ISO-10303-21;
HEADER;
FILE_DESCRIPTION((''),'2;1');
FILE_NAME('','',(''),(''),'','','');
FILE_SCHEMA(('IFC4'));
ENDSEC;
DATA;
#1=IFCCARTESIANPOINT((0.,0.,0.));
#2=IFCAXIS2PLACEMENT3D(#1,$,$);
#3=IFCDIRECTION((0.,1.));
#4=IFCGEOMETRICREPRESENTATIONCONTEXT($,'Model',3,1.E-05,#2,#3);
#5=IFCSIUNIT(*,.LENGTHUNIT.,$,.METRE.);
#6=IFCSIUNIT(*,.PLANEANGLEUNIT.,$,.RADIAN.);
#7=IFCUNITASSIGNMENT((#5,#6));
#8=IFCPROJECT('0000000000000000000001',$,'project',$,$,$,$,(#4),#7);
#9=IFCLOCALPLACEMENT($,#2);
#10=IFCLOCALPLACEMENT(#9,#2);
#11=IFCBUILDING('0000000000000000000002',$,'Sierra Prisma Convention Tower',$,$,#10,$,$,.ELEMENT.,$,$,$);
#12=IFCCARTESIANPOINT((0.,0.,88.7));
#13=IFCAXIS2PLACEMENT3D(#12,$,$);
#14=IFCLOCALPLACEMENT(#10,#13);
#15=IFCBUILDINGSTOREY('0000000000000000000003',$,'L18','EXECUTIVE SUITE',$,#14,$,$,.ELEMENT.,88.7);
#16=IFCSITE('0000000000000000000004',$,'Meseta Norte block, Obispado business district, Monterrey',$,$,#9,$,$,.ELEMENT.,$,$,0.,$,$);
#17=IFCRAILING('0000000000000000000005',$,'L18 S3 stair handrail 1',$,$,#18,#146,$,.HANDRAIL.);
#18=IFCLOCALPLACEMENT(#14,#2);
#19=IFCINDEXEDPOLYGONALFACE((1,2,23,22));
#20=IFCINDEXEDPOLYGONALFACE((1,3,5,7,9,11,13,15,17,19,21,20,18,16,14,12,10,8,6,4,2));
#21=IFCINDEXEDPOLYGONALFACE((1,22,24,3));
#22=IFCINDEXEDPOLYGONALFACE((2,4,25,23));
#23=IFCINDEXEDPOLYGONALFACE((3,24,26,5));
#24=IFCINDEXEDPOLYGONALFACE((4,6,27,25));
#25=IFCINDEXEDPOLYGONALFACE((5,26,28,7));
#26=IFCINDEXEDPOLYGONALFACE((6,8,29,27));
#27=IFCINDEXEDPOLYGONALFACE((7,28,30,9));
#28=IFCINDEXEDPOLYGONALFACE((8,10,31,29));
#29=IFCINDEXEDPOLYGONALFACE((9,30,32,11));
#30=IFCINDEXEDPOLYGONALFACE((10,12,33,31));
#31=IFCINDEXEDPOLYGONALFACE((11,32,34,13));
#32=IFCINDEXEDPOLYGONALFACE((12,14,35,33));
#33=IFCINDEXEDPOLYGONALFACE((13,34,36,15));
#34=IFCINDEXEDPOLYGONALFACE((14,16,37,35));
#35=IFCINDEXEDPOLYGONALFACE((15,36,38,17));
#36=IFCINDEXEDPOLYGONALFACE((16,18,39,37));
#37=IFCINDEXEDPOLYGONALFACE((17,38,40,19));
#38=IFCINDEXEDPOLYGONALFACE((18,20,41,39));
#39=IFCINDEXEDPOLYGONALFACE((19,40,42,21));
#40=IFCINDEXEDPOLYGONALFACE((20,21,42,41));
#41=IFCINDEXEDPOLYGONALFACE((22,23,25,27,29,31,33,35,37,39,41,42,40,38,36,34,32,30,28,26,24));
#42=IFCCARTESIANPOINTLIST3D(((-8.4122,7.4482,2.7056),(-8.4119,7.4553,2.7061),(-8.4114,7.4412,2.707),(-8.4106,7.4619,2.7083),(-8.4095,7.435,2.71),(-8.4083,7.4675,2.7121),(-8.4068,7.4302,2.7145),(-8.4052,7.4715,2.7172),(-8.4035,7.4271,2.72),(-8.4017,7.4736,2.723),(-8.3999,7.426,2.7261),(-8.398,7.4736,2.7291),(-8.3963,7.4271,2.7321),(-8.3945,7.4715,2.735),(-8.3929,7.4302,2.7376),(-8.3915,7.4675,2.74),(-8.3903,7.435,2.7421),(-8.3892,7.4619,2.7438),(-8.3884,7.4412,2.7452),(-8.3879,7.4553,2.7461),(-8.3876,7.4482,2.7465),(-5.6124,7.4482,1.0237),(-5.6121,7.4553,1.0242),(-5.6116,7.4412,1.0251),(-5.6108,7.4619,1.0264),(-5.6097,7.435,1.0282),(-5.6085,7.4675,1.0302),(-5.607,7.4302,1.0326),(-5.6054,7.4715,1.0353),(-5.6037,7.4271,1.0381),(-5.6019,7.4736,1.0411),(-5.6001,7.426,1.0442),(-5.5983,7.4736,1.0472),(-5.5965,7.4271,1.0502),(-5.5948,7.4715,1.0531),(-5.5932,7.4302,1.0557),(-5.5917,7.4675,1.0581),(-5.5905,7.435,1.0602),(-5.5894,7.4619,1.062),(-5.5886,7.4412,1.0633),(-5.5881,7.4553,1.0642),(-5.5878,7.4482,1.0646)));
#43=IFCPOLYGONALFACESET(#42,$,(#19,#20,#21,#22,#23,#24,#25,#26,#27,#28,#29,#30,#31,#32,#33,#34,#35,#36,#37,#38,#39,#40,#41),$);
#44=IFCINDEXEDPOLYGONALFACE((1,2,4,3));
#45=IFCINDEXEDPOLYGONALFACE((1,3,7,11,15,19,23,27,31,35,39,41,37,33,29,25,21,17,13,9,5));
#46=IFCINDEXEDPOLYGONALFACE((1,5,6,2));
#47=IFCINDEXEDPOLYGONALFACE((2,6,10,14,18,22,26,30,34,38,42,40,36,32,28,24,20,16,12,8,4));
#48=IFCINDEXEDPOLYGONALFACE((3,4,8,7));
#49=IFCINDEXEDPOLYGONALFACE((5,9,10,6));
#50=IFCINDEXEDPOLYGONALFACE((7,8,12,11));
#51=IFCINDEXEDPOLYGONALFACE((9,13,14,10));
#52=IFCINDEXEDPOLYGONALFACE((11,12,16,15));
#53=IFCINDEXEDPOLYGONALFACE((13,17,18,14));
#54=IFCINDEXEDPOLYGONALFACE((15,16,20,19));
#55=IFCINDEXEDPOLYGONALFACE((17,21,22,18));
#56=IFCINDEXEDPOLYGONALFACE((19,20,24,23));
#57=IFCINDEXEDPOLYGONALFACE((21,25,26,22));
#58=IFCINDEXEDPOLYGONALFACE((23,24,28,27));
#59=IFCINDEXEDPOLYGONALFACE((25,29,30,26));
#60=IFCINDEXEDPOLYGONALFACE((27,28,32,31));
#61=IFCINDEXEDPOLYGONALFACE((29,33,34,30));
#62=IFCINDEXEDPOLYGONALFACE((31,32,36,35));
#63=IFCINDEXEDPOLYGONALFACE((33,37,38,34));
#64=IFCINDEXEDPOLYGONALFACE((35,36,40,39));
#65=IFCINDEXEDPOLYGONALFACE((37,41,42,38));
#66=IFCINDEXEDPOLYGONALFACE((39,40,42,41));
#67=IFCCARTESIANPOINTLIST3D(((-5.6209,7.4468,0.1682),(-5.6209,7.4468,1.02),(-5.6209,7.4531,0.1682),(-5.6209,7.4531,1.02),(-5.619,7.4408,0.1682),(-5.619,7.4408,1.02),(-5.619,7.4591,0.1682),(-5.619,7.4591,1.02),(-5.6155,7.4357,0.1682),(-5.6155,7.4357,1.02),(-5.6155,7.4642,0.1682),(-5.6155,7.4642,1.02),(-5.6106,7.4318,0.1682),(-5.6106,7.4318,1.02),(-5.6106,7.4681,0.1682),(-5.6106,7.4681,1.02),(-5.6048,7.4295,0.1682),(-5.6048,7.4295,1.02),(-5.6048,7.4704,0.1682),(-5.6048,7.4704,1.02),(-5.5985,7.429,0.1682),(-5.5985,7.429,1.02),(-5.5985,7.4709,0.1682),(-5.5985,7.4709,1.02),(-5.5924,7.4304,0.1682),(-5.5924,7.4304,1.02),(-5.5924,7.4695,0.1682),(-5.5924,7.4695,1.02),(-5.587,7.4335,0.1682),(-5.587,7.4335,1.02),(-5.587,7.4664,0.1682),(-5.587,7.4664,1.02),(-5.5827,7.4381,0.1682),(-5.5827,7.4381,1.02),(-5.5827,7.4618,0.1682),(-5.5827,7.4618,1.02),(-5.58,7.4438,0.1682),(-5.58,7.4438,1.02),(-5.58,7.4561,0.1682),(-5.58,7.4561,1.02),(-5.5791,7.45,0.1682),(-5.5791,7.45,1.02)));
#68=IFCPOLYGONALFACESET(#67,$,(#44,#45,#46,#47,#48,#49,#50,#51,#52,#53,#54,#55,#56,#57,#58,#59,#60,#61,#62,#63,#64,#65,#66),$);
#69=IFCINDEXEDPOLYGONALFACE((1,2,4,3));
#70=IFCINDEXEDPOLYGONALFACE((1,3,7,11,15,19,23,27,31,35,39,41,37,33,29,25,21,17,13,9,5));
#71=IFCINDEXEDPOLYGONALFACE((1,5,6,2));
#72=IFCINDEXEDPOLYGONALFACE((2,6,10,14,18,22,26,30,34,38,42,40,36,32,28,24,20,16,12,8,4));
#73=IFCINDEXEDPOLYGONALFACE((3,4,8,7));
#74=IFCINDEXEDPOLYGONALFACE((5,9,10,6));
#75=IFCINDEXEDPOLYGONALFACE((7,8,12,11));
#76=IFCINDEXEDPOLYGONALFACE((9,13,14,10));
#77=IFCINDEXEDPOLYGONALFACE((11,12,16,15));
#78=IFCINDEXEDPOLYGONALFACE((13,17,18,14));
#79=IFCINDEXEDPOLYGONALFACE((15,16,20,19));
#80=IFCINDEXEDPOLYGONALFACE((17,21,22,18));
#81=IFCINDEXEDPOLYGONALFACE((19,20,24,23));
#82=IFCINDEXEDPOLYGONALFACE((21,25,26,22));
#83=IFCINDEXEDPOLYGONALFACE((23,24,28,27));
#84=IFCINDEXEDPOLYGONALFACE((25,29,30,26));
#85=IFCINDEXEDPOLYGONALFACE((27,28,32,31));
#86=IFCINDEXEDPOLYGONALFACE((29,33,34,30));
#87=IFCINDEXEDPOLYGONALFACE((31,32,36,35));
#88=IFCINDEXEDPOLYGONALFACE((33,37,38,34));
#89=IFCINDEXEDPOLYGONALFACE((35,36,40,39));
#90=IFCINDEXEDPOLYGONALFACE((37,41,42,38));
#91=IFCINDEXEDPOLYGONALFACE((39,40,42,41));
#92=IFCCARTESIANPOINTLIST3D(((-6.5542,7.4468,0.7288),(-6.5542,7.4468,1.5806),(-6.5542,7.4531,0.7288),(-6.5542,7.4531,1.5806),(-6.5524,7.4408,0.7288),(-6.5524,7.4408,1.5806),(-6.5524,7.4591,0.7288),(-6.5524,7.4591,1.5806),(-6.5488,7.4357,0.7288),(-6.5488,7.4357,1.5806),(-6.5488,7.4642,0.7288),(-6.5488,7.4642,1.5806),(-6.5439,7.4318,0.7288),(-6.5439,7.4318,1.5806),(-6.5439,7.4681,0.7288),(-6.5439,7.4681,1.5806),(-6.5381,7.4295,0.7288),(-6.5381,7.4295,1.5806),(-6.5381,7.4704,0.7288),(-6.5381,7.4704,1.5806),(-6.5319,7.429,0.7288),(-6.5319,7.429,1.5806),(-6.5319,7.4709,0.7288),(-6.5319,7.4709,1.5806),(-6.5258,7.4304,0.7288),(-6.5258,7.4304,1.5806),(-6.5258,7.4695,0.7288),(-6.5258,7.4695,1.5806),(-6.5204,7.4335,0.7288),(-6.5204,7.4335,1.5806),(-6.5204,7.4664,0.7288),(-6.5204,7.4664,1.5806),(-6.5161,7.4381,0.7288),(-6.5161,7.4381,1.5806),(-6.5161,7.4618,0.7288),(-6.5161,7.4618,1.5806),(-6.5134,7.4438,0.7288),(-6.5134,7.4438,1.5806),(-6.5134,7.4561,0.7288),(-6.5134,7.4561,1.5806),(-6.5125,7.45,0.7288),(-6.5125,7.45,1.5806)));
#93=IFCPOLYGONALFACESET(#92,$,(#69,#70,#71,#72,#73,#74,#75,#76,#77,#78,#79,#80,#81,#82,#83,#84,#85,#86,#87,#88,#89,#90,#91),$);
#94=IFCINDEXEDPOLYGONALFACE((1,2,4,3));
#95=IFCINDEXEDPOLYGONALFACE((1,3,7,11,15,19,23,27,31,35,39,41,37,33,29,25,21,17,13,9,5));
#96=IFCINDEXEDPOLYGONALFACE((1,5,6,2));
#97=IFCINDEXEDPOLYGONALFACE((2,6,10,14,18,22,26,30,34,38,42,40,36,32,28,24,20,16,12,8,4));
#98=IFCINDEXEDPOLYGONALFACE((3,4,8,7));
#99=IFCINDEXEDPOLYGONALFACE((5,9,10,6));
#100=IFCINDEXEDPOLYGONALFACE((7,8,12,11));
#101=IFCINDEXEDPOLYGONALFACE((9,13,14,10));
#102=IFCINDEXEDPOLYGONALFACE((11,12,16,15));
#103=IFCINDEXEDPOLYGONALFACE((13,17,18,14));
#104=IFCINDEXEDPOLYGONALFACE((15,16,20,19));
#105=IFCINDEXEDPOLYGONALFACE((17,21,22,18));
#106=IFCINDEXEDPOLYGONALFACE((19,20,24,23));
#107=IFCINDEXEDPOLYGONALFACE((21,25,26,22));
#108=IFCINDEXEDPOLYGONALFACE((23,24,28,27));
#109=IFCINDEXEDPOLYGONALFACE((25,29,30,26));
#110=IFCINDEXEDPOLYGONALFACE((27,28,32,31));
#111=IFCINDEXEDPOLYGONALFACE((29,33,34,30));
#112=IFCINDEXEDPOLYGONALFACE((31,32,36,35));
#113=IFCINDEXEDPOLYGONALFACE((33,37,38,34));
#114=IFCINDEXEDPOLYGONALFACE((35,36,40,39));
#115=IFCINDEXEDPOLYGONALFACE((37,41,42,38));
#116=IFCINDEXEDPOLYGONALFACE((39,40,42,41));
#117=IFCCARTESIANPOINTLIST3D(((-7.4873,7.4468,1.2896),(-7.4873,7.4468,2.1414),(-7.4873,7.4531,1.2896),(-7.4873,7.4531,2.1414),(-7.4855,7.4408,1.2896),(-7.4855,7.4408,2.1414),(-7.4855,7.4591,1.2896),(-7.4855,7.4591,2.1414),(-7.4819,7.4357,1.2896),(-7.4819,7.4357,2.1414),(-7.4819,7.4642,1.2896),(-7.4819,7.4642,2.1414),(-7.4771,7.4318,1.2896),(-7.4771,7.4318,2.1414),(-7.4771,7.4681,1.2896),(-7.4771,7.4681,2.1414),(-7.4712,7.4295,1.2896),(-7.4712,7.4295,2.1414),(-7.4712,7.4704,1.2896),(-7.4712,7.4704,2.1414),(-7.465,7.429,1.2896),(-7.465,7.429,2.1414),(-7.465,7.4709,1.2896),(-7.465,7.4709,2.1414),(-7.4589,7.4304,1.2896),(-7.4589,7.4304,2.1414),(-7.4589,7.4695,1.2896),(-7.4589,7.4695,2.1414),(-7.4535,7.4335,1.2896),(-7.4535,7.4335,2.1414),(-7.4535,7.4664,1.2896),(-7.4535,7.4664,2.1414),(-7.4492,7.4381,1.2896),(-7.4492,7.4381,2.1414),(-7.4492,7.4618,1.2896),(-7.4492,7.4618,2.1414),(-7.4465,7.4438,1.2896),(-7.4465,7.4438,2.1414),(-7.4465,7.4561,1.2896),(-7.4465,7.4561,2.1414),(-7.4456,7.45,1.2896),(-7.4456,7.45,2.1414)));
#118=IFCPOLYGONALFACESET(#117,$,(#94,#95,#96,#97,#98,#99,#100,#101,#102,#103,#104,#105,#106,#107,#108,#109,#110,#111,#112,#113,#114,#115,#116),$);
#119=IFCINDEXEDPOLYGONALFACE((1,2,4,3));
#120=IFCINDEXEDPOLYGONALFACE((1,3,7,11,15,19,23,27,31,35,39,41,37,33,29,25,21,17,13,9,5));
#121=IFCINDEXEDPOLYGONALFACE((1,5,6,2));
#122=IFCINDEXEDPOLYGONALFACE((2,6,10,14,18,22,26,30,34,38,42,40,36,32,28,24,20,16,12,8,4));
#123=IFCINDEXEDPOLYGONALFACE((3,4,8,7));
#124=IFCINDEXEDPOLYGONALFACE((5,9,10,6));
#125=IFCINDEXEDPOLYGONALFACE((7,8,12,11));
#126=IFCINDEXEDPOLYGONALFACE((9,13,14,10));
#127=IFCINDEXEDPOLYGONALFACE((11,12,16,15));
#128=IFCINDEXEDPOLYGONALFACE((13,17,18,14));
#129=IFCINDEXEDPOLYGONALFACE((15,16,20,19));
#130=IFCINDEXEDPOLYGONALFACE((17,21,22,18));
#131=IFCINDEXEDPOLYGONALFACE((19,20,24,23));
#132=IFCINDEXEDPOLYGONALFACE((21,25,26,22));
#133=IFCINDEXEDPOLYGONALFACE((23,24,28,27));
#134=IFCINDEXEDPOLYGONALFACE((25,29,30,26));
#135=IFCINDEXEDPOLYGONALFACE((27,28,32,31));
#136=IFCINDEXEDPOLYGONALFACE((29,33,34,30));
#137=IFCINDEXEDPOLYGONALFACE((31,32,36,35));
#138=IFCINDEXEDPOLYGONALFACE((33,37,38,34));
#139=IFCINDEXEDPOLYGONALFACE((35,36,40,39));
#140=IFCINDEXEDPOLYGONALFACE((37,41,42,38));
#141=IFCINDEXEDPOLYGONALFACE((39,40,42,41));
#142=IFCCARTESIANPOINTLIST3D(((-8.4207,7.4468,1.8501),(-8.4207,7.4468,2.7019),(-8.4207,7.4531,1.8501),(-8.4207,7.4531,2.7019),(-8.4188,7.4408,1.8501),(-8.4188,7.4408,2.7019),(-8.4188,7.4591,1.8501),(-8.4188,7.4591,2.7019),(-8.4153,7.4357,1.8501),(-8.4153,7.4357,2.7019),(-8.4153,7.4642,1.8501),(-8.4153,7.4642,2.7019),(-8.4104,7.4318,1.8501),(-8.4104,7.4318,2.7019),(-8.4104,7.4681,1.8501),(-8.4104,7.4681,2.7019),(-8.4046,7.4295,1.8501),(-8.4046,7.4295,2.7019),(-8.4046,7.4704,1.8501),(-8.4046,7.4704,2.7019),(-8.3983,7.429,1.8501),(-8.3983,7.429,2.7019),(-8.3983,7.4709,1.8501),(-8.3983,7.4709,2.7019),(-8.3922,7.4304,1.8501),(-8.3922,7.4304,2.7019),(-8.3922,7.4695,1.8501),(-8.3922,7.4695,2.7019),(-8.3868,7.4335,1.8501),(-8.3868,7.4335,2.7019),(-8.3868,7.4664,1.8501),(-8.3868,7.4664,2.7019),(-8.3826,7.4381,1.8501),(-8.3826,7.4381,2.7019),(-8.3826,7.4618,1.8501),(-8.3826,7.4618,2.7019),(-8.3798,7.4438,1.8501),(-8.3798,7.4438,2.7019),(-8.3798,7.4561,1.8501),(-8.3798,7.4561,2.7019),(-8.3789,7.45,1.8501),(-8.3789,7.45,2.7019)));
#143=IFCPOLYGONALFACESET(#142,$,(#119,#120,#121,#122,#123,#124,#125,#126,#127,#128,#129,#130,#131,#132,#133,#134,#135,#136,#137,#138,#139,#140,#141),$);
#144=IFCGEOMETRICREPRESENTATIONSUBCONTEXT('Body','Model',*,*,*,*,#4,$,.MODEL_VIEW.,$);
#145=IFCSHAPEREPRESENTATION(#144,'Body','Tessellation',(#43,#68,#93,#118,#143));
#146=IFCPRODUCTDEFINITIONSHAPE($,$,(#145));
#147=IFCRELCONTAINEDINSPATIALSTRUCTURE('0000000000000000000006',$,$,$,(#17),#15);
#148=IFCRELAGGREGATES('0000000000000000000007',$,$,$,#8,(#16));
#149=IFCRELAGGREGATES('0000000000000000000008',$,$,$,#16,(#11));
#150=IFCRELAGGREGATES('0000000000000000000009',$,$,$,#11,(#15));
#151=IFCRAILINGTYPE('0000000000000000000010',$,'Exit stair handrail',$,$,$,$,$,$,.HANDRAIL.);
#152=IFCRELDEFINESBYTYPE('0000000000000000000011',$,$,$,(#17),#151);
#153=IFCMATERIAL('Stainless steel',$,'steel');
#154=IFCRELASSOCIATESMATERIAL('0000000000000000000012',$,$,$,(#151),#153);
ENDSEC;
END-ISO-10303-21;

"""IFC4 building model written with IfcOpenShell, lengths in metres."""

from ifc_helpers import new_model, si_unit, direction, frame, origin, origin_2d, place, context, subcontext, project, spatial, circle, extrude, material, type_object, element, save


model = new_model("IFC4")

# Units and contexts
model_context = context("Model", 3, precision=1e-05, world=origin(), true_north=direction((0.0, 1.0)))
body_context = subcontext(model_context, "Body", "Model", "MODEL_VIEW")
ifc_project = project(units=[si_unit("LENGTHUNIT", "METRE"), si_unit("PLANEANGLEUNIT", "RADIAN")], contexts=[model_context])

# Site, building, storey
site_placement = place(None, origin())
site = spatial("IfcSite", under=ifc_project, at=site_placement, Name="Meseta Norte block, Obispado business district, Monterrey", CompositionType="ELEMENT", RefElevation=0.0)
building_placement = place(site_placement, origin())
building = spatial("IfcBuilding", under=site, at=building_placement, Name="Sierra Prisma Convention Tower", CompositionType="ELEMENT")
storey_placement = place(building_placement, frame((0.0, 0.0, 88.7)))
storey = spatial("IfcBuildingStorey", under=building, at=storey_placement, Name="L18", Description="EXECUTIVE SUITE", CompositionType="ELEMENT", Elevation=88.7)

# Railing
ifc_material_1 = material(Name="Stainless steel", Category="steel")
railing_type_1 = type_object("IfcRailingType", Name="Exit stair handrail", PredefinedType="HANDRAIL", material=ifc_material_1)
railing_1_placement = place(storey_placement, frame((-5.6001, 7.45, 0.1682)))
element("IfcRailing", 1, at=railing_1_placement, inside=storey, type_object=railing_type_1, Name="L18 S3 stair handrail 1", PredefinedType="HANDRAIL", context=body_context, shape_type="SweptSolid", body=[
    extrude(circle(Radius=0.0239, at=origin_2d()), frame((0.0, 0.0, 0.876), z_axis=(-0.857222, 0.0, 0.514946), x_axis=(0.0, -1.0, 0.0)), (0.0, 0.0, 1.0), 3.2661),
    extrude(circle(Radius=0.021, at=origin_2d()), origin(), (0.0, 0.0, 1.0), 0.8518),
    extrude(circle(Radius=0.021, at=origin_2d()), frame((-0.9333, 0.0, 0.5605)), (0.0, 0.0, 1.0), 0.8518),
    extrude(circle(Radius=0.021, at=origin_2d()), frame((-1.8665, 0.0, 1.1213)), (0.0, 0.0, 1.0), 0.8518),
    extrude(circle(Radius=0.021, at=origin_2d()), frame((-2.7998, 0.0, 1.6819)), (0.0, 0.0, 1.0), 0.8518),
])

save(model, "model.ifc")
